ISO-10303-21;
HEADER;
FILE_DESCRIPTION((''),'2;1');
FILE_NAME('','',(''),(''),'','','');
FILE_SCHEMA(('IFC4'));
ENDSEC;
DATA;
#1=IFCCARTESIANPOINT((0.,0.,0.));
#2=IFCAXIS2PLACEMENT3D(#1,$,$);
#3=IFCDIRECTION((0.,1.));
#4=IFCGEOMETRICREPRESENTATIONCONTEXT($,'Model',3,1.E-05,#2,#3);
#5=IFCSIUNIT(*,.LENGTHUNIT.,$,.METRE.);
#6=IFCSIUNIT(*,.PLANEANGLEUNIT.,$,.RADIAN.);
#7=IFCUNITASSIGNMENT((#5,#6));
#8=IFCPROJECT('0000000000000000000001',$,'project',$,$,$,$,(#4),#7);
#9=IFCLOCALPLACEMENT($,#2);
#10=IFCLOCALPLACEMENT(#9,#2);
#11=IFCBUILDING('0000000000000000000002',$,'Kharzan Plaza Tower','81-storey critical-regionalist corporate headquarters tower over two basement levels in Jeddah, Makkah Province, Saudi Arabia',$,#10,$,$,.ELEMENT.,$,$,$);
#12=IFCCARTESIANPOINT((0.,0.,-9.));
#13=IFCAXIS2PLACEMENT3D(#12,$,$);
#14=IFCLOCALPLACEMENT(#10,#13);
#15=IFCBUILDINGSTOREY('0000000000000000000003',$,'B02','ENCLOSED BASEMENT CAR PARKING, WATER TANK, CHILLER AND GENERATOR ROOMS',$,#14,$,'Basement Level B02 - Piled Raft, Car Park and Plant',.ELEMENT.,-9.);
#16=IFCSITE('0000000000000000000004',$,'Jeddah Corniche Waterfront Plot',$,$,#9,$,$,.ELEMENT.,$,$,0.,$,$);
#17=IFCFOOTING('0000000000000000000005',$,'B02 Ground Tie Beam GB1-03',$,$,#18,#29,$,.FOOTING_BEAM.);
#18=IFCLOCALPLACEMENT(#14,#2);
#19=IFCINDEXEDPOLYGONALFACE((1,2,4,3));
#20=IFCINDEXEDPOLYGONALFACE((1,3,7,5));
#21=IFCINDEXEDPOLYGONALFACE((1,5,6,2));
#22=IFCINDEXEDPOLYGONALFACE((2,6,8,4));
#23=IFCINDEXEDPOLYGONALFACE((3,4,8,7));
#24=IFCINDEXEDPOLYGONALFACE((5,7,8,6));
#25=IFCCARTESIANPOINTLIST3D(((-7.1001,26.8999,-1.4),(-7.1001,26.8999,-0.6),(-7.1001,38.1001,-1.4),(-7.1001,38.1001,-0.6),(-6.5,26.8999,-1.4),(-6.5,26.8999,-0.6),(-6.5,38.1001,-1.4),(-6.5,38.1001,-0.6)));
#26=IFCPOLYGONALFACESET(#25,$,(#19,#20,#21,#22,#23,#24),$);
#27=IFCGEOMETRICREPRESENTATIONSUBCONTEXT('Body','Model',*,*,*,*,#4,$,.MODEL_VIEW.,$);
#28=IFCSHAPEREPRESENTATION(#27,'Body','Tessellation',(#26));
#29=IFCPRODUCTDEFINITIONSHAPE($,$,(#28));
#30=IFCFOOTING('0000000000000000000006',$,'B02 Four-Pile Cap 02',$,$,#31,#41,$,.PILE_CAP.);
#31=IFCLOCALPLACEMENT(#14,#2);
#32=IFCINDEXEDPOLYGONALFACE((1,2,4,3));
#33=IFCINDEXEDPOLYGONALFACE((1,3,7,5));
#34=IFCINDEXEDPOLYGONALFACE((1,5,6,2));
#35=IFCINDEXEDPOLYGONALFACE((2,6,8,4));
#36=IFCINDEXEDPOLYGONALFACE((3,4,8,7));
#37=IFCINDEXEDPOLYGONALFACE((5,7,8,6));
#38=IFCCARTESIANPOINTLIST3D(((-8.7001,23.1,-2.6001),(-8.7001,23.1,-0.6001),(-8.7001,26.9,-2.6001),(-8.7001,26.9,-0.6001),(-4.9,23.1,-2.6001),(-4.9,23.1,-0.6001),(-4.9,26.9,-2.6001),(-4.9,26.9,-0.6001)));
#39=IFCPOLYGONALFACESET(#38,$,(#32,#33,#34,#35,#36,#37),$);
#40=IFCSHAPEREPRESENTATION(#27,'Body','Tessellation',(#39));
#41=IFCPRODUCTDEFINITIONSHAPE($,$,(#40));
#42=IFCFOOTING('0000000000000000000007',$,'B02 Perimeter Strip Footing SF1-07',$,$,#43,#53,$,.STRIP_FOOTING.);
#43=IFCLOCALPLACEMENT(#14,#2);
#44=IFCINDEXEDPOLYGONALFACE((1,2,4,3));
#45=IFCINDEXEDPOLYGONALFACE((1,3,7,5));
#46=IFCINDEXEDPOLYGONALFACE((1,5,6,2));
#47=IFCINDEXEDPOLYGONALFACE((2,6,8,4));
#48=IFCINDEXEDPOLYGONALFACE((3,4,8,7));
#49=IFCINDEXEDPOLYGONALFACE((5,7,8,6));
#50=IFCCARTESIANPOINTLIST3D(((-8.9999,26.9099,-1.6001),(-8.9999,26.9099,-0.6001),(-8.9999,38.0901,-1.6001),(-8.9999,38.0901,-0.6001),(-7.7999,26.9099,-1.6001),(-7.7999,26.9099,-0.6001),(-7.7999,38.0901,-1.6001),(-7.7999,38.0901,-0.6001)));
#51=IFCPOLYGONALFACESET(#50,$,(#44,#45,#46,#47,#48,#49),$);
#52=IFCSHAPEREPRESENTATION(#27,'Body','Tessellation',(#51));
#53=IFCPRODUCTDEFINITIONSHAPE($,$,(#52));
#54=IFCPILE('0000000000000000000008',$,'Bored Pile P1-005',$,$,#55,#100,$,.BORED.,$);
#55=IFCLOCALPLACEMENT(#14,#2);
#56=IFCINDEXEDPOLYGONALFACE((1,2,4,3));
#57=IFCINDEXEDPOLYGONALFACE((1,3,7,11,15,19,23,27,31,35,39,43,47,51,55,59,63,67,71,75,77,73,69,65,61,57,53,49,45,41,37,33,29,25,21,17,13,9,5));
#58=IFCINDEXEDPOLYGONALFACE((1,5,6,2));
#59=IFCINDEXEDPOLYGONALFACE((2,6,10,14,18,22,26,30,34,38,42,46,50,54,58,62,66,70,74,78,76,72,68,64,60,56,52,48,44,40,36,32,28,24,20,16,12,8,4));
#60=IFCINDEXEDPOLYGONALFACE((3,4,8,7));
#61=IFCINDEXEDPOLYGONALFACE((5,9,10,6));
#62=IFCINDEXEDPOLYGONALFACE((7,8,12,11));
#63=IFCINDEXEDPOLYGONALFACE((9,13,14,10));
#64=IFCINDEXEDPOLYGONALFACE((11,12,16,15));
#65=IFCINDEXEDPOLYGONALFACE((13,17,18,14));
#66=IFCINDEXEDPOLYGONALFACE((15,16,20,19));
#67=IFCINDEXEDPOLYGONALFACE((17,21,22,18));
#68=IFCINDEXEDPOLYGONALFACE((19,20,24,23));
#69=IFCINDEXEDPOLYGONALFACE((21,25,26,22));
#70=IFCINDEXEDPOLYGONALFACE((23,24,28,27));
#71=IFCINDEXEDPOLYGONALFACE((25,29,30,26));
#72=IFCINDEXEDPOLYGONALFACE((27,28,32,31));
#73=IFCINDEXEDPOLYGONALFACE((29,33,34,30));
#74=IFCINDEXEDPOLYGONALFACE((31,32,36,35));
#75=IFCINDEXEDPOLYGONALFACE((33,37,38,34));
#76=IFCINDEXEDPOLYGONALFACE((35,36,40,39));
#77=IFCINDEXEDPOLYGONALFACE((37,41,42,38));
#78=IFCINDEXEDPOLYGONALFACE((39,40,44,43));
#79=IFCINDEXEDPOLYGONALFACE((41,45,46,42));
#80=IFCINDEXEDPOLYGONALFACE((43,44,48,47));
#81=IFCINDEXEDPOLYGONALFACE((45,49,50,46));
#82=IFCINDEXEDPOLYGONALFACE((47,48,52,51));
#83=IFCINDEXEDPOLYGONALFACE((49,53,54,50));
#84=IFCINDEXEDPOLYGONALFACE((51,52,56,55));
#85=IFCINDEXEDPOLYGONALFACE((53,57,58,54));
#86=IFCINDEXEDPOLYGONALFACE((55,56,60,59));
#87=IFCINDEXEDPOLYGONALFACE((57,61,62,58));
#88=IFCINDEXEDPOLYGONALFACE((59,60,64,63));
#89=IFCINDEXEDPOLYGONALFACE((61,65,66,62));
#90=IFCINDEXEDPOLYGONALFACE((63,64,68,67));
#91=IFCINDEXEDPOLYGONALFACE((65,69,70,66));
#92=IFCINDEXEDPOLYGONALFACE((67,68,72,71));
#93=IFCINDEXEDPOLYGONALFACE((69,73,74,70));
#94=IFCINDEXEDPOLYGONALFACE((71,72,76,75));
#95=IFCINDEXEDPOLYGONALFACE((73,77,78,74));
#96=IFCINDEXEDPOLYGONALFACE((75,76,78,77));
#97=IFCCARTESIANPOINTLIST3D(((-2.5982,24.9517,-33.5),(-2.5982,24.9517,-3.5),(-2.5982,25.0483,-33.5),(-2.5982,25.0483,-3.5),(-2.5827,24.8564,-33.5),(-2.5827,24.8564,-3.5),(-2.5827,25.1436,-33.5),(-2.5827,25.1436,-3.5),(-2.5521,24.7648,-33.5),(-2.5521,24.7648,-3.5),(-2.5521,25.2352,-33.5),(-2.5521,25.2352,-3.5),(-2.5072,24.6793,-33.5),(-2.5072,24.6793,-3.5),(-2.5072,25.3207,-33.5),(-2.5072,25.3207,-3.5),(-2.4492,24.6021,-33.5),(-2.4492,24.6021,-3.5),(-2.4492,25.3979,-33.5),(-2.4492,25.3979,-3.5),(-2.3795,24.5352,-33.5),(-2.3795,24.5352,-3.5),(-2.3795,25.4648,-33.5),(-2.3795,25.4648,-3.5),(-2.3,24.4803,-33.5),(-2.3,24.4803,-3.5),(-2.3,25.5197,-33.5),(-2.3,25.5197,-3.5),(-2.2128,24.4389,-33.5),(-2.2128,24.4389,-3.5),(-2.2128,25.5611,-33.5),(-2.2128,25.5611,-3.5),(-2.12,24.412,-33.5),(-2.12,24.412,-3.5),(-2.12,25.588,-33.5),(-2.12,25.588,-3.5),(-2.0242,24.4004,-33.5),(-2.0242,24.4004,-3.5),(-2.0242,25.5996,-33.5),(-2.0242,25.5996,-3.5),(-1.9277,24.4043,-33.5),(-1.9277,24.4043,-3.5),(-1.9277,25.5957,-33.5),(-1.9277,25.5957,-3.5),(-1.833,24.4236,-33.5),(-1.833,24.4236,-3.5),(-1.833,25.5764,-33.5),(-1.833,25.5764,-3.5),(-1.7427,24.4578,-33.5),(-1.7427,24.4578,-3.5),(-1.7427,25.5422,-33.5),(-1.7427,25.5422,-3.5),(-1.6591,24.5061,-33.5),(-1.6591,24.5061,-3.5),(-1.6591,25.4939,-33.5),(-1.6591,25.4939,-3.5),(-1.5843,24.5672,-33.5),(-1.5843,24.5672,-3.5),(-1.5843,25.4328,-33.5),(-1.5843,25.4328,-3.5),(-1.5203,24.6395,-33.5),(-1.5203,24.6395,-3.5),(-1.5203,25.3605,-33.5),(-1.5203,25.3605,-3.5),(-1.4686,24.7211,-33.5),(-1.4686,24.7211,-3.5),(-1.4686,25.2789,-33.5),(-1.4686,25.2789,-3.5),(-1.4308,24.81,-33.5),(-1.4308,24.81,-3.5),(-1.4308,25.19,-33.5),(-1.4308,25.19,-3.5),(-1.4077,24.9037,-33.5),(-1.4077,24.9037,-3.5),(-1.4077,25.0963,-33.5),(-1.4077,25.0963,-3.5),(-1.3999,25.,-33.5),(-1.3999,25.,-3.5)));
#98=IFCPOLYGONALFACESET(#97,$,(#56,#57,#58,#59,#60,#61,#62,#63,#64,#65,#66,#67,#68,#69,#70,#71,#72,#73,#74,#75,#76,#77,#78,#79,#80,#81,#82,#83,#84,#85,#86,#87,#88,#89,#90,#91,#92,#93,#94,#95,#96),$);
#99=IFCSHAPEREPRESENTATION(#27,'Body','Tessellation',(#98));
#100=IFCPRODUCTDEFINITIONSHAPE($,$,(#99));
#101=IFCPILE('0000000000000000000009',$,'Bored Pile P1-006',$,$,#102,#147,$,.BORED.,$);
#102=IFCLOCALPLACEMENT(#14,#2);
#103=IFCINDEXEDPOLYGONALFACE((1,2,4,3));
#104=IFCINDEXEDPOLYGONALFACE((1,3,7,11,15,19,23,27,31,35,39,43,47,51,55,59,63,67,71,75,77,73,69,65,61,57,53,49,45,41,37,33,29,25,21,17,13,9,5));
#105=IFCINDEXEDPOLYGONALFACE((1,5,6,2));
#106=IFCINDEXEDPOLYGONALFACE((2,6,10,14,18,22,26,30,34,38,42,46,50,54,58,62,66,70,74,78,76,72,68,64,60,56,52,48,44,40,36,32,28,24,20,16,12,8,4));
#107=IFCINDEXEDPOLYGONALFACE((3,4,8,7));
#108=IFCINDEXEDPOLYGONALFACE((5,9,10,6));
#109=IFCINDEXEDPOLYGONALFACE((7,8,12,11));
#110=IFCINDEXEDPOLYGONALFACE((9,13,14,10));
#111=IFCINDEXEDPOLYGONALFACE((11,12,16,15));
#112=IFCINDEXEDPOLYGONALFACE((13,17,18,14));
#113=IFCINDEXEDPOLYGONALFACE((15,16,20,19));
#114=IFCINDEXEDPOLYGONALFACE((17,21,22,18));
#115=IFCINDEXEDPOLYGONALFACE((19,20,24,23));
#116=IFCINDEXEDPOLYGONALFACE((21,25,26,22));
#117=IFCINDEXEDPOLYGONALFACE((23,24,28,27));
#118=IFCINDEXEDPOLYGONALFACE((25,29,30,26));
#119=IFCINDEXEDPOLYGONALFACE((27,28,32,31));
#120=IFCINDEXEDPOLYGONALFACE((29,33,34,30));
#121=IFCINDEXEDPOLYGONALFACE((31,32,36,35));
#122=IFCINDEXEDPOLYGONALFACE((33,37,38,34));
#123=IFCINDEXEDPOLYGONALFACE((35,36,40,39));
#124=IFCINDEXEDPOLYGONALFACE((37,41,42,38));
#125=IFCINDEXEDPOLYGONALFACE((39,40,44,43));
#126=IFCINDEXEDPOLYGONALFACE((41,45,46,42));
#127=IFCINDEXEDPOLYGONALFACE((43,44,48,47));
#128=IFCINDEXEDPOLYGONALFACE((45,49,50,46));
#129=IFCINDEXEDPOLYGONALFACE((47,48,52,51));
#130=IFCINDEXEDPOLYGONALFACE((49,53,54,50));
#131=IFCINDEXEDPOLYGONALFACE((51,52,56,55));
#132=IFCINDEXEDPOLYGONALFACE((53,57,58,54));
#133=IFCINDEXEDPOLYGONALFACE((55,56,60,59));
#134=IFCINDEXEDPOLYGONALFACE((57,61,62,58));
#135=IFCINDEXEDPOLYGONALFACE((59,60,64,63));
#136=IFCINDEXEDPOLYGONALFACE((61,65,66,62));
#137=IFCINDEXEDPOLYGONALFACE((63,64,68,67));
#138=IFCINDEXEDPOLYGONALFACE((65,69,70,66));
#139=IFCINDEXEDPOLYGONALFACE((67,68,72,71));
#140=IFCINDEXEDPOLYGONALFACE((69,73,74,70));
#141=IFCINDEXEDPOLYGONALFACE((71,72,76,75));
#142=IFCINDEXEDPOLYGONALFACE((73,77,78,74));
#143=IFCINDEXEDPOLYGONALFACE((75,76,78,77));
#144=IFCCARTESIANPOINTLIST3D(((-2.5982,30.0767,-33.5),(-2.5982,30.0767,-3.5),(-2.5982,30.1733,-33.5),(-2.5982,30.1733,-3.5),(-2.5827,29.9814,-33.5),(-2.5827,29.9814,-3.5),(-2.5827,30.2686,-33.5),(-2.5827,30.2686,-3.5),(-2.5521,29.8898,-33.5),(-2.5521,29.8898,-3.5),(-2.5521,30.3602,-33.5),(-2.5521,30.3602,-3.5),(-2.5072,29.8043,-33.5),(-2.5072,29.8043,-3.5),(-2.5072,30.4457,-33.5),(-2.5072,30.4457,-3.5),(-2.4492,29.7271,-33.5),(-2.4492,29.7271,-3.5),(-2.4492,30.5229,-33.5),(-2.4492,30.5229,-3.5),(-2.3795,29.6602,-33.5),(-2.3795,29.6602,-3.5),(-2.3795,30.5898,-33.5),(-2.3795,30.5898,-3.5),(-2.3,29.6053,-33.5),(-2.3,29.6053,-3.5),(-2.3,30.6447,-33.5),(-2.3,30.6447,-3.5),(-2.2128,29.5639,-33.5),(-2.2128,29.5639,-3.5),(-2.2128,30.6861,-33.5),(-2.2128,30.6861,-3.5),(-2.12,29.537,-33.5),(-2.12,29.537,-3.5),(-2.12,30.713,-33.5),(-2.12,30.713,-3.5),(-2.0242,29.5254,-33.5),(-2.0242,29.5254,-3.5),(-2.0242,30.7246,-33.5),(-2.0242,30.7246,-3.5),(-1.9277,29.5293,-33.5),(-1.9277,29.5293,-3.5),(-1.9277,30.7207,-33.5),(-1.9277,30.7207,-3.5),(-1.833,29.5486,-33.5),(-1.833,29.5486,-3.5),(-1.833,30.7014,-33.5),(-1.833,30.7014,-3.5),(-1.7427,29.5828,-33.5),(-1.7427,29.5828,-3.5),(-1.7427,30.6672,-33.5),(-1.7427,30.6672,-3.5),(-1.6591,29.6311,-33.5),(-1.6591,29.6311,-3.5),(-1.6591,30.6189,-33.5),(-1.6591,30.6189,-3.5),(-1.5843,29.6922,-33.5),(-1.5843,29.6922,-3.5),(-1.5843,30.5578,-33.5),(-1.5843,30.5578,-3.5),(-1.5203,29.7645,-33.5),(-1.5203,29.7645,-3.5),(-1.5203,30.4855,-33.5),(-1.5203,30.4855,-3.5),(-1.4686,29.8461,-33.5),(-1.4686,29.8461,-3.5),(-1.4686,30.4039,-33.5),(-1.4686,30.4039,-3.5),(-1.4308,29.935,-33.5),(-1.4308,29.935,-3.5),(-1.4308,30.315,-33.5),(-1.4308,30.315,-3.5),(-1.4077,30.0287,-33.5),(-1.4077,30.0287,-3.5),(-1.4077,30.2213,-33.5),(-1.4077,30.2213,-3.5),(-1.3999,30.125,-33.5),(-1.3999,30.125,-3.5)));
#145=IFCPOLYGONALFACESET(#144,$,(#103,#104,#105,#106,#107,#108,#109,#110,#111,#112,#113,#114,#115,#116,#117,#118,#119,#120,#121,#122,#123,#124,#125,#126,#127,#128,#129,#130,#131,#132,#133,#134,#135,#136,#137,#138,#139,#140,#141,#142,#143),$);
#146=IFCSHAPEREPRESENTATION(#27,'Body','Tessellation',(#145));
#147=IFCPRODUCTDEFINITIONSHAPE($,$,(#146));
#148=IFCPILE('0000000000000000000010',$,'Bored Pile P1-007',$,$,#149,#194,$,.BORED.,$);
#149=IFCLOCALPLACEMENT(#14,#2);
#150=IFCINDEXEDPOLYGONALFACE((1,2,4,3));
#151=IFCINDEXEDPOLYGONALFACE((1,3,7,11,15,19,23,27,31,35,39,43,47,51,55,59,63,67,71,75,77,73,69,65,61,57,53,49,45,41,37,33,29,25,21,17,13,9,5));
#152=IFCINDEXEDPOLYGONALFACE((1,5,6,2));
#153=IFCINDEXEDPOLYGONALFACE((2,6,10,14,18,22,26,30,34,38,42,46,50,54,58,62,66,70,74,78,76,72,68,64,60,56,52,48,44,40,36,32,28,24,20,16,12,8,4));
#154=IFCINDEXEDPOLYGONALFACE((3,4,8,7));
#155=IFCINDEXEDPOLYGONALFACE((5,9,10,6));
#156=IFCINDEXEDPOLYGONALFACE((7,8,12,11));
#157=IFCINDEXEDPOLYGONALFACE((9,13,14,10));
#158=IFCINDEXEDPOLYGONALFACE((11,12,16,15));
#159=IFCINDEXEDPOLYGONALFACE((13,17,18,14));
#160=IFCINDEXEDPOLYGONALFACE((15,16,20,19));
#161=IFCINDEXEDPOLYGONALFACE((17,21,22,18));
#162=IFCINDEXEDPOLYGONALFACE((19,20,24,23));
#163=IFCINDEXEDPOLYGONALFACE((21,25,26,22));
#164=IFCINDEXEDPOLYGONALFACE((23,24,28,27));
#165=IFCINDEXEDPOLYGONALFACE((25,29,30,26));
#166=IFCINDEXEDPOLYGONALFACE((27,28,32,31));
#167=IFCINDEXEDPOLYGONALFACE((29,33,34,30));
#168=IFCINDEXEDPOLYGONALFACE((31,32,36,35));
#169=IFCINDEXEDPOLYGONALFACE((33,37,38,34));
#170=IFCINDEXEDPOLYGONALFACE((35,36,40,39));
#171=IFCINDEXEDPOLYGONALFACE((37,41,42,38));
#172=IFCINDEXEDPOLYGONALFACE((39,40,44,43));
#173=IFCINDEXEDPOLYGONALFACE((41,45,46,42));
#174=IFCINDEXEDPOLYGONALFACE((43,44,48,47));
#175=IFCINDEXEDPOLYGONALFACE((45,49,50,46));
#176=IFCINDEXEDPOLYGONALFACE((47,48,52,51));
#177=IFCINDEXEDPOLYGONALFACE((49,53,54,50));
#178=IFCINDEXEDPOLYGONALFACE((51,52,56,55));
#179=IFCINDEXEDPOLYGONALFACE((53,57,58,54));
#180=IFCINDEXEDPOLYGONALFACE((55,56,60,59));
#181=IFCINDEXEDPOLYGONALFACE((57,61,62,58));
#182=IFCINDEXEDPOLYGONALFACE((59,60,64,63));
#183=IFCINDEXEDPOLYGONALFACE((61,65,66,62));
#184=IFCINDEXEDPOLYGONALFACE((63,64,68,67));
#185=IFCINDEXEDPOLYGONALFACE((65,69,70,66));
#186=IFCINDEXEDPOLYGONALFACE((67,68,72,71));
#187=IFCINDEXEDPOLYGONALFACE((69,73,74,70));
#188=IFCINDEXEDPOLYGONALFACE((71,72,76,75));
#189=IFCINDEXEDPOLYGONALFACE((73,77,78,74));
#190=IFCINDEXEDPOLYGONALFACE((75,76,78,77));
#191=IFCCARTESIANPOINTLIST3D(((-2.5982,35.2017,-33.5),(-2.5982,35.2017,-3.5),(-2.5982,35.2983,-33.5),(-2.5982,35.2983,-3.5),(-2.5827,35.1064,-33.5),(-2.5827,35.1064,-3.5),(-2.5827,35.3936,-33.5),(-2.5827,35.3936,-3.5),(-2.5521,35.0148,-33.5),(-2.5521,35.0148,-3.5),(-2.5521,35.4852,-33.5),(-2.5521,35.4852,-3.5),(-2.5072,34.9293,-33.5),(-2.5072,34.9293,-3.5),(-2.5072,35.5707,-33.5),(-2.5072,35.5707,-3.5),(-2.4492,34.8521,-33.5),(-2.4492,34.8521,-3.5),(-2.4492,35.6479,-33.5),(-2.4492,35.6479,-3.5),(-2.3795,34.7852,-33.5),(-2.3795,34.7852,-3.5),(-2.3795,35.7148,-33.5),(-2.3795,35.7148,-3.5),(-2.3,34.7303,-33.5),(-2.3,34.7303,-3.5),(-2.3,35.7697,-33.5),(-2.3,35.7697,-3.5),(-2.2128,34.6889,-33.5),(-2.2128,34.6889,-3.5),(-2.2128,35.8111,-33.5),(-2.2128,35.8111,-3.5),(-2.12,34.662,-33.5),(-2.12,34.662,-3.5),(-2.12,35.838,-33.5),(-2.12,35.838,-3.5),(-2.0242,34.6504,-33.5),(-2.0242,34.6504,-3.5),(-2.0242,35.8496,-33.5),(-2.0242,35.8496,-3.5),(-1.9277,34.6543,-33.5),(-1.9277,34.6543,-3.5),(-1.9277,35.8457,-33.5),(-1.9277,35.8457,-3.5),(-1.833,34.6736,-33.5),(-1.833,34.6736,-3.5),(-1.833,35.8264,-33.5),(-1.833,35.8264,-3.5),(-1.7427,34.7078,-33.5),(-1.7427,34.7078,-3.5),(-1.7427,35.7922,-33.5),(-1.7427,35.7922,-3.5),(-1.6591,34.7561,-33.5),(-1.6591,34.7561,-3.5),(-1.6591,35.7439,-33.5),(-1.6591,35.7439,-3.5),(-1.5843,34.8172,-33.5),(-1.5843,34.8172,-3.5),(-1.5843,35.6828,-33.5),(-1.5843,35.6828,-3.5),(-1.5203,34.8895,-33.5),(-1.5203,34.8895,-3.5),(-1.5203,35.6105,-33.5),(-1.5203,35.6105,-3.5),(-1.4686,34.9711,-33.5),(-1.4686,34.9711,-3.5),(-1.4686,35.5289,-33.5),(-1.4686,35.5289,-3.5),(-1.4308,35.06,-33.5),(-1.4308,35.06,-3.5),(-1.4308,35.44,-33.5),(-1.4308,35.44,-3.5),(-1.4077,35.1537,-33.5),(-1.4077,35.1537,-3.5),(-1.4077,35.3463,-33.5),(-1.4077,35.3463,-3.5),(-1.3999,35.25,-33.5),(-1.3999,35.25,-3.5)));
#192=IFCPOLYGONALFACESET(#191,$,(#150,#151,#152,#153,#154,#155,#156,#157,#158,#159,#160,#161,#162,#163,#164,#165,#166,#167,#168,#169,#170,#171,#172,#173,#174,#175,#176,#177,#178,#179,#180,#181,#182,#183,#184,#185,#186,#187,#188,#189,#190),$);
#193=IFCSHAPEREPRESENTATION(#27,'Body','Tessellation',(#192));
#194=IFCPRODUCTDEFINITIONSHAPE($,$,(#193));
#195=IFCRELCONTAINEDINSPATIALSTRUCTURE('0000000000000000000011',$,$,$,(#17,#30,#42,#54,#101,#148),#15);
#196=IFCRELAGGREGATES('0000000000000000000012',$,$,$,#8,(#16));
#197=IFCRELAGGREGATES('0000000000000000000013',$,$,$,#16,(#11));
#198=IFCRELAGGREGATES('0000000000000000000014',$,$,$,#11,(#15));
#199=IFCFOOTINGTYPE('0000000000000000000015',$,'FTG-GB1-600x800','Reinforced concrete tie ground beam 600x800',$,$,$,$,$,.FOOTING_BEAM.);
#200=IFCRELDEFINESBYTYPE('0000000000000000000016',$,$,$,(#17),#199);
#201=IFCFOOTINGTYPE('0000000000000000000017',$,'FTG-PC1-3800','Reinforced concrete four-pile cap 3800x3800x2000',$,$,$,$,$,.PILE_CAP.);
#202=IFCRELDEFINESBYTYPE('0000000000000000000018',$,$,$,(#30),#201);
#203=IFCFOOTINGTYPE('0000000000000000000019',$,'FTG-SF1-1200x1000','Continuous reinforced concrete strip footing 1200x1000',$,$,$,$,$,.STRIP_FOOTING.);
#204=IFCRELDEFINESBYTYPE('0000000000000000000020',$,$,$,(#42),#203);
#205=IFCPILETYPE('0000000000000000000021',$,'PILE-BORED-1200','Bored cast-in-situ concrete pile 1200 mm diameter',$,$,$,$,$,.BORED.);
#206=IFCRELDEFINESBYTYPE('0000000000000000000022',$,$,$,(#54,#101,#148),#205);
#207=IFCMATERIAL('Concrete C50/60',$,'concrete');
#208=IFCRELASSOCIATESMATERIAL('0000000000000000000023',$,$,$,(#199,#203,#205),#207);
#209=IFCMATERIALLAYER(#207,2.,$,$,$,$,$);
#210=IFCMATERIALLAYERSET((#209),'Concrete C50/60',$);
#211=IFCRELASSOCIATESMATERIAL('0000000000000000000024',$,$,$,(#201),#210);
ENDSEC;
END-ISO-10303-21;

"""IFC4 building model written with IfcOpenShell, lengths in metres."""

from ifc_helpers import new_model, si_unit, direction, frame, origin, origin_2d, place, context, subcontext, project, spatial, rectangle, circle, extrude, source, transform, mapped, material, layer, layer_set, material_profile, profile_set, type_object, element, save


model = new_model("IFC4")

# Units and contexts
model_context = context("Model", 3, precision=1e-05, world=origin(), true_north=direction((0.0, 1.0)))
body_context = subcontext(model_context, "Body", "Model", "MODEL_VIEW")
ifc_project = project(units=[si_unit("LENGTHUNIT", "METRE"), si_unit("PLANEANGLEUNIT", "RADIAN")], contexts=[model_context])

# Site, building, storey
site_placement = place(None, origin())
site = spatial("IfcSite", under=ifc_project, at=site_placement, Name="Jeddah Corniche Waterfront Plot", CompositionType="ELEMENT", RefElevation=0.0)
building_placement = place(site_placement, origin())
building = spatial("IfcBuilding", under=site, at=building_placement, Name="Kharzan Plaza Tower", Description="81-storey critical-regionalist corporate headquarters tower over two basement levels in Jeddah, Makkah Province, Saudi Arabia", CompositionType="ELEMENT")
storey_placement = place(building_placement, frame((0.0, 0.0, -9.0)))
storey = spatial("IfcBuildingStorey", under=building, at=storey_placement, Name="B02", Description="ENCLOSED BASEMENT CAR PARKING, WATER TANK, CHILLER AND GENERATOR ROOMS", LongName="Basement Level B02 - Piled Raft, Car Park and Plant", CompositionType="ELEMENT", Elevation=-9.0)

# Footings
ifc_material_1 = material(Name="Concrete C50/60", Category="concrete")
ifc_material_profile_1 = material_profile(ifc_material_1, rectangle(XDim=0.6001, YDim=0.8, at=origin_2d()), Name="GB-600x800")
ifc_profile_set_1 = profile_set([ifc_material_profile_1], Name="Concrete C50/60")
footing_type_1 = type_object("IfcFootingType", Name="FTG-GB1-600x800", Description="Reinforced concrete tie ground beam 600x800", PredefinedType="FOOTING_BEAM", material=ifc_profile_set_1)
shared_shape_1 = source(origin(), body_context, "Body", "SweptSolid", [
    extrude(rectangle(XDim=0.6001, YDim=0.8, at=origin_2d()), origin(), (0.0, 0.0, 1.0), 11.2002),
])
footing_1_placement = place(storey_placement, frame((-6.8, 26.8999, -1.0), z_axis=(0.0, 1.0, 0.0), x_axis=(-1.0, 0.0, 0.0)))
element("IfcFooting", 1, at=footing_1_placement, inside=storey, type_object=footing_type_1, Name="B02 Ground Tie Beam GB1-03", PredefinedType="FOOTING_BEAM", context=body_context, shape_type="MappedRepresentation", body=[
    mapped(shared_shape_1, transform((0.0, 0.0, 0.0), x_axis=(1.0, 0.0, 0.0), y_axis=(0.0, 1.0, 0.0), z_axis=(0.0, 0.0, 1.0))),
])
ifc_layer_1 = layer(ifc_material_1, 2.0)
ifc_layer_set_1 = layer_set([ifc_layer_1], Name="Concrete C50/60")
footing_type_2 = type_object("IfcFootingType", Name="FTG-PC1-3800", Description="Reinforced concrete four-pile cap 3800x3800x2000", PredefinedType="PILE_CAP", material=ifc_layer_set_1)
shared_shape_2 = source(origin(), body_context, "Body", "SweptSolid", [
    extrude(rectangle(XDim=3.8, YDim=3.8, at=origin_2d()), origin(), (0.0, 0.0, 1.0), 2.0),
])
footing_2_placement = place(storey_placement, frame((-6.8, 25.0, -2.6001), z_axis=(0.0, 0.0, 1.0), x_axis=(1.0, 0.0, 0.0)))
element("IfcFooting", 2, at=footing_2_placement, inside=storey, type_object=footing_type_2, Name="B02 Four-Pile Cap 02", PredefinedType="PILE_CAP", context=body_context, shape_type="MappedRepresentation", body=[
    mapped(shared_shape_2, transform((0.0, 0.0, 0.0), x_axis=(1.0, 0.0, 0.0), y_axis=(0.0, 1.0, 0.0), z_axis=(0.0, 0.0, 1.0))),
])
ifc_material_profile_2 = material_profile(ifc_material_1, rectangle(XDim=1.2, YDim=1.0, at=origin_2d()), Name="SF-1200x1000")
ifc_profile_set_2 = profile_set([ifc_material_profile_2], Name="Concrete C50/60")
footing_type_3 = type_object("IfcFootingType", Name="FTG-SF1-1200x1000", Description="Continuous reinforced concrete strip footing 1200x1000", PredefinedType="STRIP_FOOTING", material=ifc_profile_set_2)
shared_shape_3 = source(origin(), body_context, "Body", "SweptSolid", [
    extrude(rectangle(XDim=1.2, YDim=1.0, at=origin_2d()), origin(), (0.0, 0.0, 1.0), 11.1802),
])
footing_3_placement = place(storey_placement, frame((-8.3999, 26.9099, -1.1001), z_axis=(0.0, 1.0, 0.0), x_axis=(-1.0, 0.0, 0.0)))
element("IfcFooting", 3, at=footing_3_placement, inside=storey, type_object=footing_type_3, Name="B02 Perimeter Strip Footing SF1-07", PredefinedType="STRIP_FOOTING", context=body_context, shape_type="MappedRepresentation", body=[
    mapped(shared_shape_3, transform((0.0, 0.0, 0.0), x_axis=(1.0, 0.0, 0.0), y_axis=(0.0, 1.0, 0.0), z_axis=(0.0, 0.0, 1.0))),
])

# Piles
ifc_material_profile_3 = material_profile(ifc_material_1, circle(Radius=0.6001, at=origin_2d()), Name="PILE-D1200")
ifc_profile_set_3 = profile_set([ifc_material_profile_3], Name="Concrete C50/60")
pile_type_1 = type_object("IfcPileType", Name="PILE-BORED-1200", Description="Bored cast-in-situ concrete pile 1200 mm diameter", PredefinedType="BORED", material=ifc_profile_set_3)
shared_shape_4 = source(origin(), body_context, "Body", "SweptSolid", [
    extrude(circle(Radius=0.6001, at=origin_2d()), origin(), (0.0, 0.0, 1.0), 30.0),
])
for number, where, z_axis, x_axis, name in (
    (4, (-2.0, 25.0, -3.5), (0.0, 0.0, -1.0), (1.0, 0.0, 0.0), "Bored Pile P1-005"),
    (5, (-2.0, 30.125, -3.5), (0.0, 0.0, -1.0), (1.0, 0.0, 0.0), "Bored Pile P1-006"),
    (6, (-2.0, 35.25, -3.5), (0.0, 0.0, -1.0), (1.0, 0.0, 0.0), "Bored Pile P1-007"),
):
    element("IfcPile", number, at=place(storey_placement, frame(where, z_axis=z_axis, x_axis=x_axis)), inside=storey, type_object=pile_type_1, Name=name, PredefinedType="BORED", context=body_context, shape_type="MappedRepresentation", body=[
        mapped(shared_shape_4, transform((0.0, 0.0, 0.0), x_axis=(1.0, 0.0, 0.0), y_axis=(0.0, 1.0, 0.0), z_axis=(0.0, 0.0, 1.0))),
    ])

save(model, "model.ifc")
